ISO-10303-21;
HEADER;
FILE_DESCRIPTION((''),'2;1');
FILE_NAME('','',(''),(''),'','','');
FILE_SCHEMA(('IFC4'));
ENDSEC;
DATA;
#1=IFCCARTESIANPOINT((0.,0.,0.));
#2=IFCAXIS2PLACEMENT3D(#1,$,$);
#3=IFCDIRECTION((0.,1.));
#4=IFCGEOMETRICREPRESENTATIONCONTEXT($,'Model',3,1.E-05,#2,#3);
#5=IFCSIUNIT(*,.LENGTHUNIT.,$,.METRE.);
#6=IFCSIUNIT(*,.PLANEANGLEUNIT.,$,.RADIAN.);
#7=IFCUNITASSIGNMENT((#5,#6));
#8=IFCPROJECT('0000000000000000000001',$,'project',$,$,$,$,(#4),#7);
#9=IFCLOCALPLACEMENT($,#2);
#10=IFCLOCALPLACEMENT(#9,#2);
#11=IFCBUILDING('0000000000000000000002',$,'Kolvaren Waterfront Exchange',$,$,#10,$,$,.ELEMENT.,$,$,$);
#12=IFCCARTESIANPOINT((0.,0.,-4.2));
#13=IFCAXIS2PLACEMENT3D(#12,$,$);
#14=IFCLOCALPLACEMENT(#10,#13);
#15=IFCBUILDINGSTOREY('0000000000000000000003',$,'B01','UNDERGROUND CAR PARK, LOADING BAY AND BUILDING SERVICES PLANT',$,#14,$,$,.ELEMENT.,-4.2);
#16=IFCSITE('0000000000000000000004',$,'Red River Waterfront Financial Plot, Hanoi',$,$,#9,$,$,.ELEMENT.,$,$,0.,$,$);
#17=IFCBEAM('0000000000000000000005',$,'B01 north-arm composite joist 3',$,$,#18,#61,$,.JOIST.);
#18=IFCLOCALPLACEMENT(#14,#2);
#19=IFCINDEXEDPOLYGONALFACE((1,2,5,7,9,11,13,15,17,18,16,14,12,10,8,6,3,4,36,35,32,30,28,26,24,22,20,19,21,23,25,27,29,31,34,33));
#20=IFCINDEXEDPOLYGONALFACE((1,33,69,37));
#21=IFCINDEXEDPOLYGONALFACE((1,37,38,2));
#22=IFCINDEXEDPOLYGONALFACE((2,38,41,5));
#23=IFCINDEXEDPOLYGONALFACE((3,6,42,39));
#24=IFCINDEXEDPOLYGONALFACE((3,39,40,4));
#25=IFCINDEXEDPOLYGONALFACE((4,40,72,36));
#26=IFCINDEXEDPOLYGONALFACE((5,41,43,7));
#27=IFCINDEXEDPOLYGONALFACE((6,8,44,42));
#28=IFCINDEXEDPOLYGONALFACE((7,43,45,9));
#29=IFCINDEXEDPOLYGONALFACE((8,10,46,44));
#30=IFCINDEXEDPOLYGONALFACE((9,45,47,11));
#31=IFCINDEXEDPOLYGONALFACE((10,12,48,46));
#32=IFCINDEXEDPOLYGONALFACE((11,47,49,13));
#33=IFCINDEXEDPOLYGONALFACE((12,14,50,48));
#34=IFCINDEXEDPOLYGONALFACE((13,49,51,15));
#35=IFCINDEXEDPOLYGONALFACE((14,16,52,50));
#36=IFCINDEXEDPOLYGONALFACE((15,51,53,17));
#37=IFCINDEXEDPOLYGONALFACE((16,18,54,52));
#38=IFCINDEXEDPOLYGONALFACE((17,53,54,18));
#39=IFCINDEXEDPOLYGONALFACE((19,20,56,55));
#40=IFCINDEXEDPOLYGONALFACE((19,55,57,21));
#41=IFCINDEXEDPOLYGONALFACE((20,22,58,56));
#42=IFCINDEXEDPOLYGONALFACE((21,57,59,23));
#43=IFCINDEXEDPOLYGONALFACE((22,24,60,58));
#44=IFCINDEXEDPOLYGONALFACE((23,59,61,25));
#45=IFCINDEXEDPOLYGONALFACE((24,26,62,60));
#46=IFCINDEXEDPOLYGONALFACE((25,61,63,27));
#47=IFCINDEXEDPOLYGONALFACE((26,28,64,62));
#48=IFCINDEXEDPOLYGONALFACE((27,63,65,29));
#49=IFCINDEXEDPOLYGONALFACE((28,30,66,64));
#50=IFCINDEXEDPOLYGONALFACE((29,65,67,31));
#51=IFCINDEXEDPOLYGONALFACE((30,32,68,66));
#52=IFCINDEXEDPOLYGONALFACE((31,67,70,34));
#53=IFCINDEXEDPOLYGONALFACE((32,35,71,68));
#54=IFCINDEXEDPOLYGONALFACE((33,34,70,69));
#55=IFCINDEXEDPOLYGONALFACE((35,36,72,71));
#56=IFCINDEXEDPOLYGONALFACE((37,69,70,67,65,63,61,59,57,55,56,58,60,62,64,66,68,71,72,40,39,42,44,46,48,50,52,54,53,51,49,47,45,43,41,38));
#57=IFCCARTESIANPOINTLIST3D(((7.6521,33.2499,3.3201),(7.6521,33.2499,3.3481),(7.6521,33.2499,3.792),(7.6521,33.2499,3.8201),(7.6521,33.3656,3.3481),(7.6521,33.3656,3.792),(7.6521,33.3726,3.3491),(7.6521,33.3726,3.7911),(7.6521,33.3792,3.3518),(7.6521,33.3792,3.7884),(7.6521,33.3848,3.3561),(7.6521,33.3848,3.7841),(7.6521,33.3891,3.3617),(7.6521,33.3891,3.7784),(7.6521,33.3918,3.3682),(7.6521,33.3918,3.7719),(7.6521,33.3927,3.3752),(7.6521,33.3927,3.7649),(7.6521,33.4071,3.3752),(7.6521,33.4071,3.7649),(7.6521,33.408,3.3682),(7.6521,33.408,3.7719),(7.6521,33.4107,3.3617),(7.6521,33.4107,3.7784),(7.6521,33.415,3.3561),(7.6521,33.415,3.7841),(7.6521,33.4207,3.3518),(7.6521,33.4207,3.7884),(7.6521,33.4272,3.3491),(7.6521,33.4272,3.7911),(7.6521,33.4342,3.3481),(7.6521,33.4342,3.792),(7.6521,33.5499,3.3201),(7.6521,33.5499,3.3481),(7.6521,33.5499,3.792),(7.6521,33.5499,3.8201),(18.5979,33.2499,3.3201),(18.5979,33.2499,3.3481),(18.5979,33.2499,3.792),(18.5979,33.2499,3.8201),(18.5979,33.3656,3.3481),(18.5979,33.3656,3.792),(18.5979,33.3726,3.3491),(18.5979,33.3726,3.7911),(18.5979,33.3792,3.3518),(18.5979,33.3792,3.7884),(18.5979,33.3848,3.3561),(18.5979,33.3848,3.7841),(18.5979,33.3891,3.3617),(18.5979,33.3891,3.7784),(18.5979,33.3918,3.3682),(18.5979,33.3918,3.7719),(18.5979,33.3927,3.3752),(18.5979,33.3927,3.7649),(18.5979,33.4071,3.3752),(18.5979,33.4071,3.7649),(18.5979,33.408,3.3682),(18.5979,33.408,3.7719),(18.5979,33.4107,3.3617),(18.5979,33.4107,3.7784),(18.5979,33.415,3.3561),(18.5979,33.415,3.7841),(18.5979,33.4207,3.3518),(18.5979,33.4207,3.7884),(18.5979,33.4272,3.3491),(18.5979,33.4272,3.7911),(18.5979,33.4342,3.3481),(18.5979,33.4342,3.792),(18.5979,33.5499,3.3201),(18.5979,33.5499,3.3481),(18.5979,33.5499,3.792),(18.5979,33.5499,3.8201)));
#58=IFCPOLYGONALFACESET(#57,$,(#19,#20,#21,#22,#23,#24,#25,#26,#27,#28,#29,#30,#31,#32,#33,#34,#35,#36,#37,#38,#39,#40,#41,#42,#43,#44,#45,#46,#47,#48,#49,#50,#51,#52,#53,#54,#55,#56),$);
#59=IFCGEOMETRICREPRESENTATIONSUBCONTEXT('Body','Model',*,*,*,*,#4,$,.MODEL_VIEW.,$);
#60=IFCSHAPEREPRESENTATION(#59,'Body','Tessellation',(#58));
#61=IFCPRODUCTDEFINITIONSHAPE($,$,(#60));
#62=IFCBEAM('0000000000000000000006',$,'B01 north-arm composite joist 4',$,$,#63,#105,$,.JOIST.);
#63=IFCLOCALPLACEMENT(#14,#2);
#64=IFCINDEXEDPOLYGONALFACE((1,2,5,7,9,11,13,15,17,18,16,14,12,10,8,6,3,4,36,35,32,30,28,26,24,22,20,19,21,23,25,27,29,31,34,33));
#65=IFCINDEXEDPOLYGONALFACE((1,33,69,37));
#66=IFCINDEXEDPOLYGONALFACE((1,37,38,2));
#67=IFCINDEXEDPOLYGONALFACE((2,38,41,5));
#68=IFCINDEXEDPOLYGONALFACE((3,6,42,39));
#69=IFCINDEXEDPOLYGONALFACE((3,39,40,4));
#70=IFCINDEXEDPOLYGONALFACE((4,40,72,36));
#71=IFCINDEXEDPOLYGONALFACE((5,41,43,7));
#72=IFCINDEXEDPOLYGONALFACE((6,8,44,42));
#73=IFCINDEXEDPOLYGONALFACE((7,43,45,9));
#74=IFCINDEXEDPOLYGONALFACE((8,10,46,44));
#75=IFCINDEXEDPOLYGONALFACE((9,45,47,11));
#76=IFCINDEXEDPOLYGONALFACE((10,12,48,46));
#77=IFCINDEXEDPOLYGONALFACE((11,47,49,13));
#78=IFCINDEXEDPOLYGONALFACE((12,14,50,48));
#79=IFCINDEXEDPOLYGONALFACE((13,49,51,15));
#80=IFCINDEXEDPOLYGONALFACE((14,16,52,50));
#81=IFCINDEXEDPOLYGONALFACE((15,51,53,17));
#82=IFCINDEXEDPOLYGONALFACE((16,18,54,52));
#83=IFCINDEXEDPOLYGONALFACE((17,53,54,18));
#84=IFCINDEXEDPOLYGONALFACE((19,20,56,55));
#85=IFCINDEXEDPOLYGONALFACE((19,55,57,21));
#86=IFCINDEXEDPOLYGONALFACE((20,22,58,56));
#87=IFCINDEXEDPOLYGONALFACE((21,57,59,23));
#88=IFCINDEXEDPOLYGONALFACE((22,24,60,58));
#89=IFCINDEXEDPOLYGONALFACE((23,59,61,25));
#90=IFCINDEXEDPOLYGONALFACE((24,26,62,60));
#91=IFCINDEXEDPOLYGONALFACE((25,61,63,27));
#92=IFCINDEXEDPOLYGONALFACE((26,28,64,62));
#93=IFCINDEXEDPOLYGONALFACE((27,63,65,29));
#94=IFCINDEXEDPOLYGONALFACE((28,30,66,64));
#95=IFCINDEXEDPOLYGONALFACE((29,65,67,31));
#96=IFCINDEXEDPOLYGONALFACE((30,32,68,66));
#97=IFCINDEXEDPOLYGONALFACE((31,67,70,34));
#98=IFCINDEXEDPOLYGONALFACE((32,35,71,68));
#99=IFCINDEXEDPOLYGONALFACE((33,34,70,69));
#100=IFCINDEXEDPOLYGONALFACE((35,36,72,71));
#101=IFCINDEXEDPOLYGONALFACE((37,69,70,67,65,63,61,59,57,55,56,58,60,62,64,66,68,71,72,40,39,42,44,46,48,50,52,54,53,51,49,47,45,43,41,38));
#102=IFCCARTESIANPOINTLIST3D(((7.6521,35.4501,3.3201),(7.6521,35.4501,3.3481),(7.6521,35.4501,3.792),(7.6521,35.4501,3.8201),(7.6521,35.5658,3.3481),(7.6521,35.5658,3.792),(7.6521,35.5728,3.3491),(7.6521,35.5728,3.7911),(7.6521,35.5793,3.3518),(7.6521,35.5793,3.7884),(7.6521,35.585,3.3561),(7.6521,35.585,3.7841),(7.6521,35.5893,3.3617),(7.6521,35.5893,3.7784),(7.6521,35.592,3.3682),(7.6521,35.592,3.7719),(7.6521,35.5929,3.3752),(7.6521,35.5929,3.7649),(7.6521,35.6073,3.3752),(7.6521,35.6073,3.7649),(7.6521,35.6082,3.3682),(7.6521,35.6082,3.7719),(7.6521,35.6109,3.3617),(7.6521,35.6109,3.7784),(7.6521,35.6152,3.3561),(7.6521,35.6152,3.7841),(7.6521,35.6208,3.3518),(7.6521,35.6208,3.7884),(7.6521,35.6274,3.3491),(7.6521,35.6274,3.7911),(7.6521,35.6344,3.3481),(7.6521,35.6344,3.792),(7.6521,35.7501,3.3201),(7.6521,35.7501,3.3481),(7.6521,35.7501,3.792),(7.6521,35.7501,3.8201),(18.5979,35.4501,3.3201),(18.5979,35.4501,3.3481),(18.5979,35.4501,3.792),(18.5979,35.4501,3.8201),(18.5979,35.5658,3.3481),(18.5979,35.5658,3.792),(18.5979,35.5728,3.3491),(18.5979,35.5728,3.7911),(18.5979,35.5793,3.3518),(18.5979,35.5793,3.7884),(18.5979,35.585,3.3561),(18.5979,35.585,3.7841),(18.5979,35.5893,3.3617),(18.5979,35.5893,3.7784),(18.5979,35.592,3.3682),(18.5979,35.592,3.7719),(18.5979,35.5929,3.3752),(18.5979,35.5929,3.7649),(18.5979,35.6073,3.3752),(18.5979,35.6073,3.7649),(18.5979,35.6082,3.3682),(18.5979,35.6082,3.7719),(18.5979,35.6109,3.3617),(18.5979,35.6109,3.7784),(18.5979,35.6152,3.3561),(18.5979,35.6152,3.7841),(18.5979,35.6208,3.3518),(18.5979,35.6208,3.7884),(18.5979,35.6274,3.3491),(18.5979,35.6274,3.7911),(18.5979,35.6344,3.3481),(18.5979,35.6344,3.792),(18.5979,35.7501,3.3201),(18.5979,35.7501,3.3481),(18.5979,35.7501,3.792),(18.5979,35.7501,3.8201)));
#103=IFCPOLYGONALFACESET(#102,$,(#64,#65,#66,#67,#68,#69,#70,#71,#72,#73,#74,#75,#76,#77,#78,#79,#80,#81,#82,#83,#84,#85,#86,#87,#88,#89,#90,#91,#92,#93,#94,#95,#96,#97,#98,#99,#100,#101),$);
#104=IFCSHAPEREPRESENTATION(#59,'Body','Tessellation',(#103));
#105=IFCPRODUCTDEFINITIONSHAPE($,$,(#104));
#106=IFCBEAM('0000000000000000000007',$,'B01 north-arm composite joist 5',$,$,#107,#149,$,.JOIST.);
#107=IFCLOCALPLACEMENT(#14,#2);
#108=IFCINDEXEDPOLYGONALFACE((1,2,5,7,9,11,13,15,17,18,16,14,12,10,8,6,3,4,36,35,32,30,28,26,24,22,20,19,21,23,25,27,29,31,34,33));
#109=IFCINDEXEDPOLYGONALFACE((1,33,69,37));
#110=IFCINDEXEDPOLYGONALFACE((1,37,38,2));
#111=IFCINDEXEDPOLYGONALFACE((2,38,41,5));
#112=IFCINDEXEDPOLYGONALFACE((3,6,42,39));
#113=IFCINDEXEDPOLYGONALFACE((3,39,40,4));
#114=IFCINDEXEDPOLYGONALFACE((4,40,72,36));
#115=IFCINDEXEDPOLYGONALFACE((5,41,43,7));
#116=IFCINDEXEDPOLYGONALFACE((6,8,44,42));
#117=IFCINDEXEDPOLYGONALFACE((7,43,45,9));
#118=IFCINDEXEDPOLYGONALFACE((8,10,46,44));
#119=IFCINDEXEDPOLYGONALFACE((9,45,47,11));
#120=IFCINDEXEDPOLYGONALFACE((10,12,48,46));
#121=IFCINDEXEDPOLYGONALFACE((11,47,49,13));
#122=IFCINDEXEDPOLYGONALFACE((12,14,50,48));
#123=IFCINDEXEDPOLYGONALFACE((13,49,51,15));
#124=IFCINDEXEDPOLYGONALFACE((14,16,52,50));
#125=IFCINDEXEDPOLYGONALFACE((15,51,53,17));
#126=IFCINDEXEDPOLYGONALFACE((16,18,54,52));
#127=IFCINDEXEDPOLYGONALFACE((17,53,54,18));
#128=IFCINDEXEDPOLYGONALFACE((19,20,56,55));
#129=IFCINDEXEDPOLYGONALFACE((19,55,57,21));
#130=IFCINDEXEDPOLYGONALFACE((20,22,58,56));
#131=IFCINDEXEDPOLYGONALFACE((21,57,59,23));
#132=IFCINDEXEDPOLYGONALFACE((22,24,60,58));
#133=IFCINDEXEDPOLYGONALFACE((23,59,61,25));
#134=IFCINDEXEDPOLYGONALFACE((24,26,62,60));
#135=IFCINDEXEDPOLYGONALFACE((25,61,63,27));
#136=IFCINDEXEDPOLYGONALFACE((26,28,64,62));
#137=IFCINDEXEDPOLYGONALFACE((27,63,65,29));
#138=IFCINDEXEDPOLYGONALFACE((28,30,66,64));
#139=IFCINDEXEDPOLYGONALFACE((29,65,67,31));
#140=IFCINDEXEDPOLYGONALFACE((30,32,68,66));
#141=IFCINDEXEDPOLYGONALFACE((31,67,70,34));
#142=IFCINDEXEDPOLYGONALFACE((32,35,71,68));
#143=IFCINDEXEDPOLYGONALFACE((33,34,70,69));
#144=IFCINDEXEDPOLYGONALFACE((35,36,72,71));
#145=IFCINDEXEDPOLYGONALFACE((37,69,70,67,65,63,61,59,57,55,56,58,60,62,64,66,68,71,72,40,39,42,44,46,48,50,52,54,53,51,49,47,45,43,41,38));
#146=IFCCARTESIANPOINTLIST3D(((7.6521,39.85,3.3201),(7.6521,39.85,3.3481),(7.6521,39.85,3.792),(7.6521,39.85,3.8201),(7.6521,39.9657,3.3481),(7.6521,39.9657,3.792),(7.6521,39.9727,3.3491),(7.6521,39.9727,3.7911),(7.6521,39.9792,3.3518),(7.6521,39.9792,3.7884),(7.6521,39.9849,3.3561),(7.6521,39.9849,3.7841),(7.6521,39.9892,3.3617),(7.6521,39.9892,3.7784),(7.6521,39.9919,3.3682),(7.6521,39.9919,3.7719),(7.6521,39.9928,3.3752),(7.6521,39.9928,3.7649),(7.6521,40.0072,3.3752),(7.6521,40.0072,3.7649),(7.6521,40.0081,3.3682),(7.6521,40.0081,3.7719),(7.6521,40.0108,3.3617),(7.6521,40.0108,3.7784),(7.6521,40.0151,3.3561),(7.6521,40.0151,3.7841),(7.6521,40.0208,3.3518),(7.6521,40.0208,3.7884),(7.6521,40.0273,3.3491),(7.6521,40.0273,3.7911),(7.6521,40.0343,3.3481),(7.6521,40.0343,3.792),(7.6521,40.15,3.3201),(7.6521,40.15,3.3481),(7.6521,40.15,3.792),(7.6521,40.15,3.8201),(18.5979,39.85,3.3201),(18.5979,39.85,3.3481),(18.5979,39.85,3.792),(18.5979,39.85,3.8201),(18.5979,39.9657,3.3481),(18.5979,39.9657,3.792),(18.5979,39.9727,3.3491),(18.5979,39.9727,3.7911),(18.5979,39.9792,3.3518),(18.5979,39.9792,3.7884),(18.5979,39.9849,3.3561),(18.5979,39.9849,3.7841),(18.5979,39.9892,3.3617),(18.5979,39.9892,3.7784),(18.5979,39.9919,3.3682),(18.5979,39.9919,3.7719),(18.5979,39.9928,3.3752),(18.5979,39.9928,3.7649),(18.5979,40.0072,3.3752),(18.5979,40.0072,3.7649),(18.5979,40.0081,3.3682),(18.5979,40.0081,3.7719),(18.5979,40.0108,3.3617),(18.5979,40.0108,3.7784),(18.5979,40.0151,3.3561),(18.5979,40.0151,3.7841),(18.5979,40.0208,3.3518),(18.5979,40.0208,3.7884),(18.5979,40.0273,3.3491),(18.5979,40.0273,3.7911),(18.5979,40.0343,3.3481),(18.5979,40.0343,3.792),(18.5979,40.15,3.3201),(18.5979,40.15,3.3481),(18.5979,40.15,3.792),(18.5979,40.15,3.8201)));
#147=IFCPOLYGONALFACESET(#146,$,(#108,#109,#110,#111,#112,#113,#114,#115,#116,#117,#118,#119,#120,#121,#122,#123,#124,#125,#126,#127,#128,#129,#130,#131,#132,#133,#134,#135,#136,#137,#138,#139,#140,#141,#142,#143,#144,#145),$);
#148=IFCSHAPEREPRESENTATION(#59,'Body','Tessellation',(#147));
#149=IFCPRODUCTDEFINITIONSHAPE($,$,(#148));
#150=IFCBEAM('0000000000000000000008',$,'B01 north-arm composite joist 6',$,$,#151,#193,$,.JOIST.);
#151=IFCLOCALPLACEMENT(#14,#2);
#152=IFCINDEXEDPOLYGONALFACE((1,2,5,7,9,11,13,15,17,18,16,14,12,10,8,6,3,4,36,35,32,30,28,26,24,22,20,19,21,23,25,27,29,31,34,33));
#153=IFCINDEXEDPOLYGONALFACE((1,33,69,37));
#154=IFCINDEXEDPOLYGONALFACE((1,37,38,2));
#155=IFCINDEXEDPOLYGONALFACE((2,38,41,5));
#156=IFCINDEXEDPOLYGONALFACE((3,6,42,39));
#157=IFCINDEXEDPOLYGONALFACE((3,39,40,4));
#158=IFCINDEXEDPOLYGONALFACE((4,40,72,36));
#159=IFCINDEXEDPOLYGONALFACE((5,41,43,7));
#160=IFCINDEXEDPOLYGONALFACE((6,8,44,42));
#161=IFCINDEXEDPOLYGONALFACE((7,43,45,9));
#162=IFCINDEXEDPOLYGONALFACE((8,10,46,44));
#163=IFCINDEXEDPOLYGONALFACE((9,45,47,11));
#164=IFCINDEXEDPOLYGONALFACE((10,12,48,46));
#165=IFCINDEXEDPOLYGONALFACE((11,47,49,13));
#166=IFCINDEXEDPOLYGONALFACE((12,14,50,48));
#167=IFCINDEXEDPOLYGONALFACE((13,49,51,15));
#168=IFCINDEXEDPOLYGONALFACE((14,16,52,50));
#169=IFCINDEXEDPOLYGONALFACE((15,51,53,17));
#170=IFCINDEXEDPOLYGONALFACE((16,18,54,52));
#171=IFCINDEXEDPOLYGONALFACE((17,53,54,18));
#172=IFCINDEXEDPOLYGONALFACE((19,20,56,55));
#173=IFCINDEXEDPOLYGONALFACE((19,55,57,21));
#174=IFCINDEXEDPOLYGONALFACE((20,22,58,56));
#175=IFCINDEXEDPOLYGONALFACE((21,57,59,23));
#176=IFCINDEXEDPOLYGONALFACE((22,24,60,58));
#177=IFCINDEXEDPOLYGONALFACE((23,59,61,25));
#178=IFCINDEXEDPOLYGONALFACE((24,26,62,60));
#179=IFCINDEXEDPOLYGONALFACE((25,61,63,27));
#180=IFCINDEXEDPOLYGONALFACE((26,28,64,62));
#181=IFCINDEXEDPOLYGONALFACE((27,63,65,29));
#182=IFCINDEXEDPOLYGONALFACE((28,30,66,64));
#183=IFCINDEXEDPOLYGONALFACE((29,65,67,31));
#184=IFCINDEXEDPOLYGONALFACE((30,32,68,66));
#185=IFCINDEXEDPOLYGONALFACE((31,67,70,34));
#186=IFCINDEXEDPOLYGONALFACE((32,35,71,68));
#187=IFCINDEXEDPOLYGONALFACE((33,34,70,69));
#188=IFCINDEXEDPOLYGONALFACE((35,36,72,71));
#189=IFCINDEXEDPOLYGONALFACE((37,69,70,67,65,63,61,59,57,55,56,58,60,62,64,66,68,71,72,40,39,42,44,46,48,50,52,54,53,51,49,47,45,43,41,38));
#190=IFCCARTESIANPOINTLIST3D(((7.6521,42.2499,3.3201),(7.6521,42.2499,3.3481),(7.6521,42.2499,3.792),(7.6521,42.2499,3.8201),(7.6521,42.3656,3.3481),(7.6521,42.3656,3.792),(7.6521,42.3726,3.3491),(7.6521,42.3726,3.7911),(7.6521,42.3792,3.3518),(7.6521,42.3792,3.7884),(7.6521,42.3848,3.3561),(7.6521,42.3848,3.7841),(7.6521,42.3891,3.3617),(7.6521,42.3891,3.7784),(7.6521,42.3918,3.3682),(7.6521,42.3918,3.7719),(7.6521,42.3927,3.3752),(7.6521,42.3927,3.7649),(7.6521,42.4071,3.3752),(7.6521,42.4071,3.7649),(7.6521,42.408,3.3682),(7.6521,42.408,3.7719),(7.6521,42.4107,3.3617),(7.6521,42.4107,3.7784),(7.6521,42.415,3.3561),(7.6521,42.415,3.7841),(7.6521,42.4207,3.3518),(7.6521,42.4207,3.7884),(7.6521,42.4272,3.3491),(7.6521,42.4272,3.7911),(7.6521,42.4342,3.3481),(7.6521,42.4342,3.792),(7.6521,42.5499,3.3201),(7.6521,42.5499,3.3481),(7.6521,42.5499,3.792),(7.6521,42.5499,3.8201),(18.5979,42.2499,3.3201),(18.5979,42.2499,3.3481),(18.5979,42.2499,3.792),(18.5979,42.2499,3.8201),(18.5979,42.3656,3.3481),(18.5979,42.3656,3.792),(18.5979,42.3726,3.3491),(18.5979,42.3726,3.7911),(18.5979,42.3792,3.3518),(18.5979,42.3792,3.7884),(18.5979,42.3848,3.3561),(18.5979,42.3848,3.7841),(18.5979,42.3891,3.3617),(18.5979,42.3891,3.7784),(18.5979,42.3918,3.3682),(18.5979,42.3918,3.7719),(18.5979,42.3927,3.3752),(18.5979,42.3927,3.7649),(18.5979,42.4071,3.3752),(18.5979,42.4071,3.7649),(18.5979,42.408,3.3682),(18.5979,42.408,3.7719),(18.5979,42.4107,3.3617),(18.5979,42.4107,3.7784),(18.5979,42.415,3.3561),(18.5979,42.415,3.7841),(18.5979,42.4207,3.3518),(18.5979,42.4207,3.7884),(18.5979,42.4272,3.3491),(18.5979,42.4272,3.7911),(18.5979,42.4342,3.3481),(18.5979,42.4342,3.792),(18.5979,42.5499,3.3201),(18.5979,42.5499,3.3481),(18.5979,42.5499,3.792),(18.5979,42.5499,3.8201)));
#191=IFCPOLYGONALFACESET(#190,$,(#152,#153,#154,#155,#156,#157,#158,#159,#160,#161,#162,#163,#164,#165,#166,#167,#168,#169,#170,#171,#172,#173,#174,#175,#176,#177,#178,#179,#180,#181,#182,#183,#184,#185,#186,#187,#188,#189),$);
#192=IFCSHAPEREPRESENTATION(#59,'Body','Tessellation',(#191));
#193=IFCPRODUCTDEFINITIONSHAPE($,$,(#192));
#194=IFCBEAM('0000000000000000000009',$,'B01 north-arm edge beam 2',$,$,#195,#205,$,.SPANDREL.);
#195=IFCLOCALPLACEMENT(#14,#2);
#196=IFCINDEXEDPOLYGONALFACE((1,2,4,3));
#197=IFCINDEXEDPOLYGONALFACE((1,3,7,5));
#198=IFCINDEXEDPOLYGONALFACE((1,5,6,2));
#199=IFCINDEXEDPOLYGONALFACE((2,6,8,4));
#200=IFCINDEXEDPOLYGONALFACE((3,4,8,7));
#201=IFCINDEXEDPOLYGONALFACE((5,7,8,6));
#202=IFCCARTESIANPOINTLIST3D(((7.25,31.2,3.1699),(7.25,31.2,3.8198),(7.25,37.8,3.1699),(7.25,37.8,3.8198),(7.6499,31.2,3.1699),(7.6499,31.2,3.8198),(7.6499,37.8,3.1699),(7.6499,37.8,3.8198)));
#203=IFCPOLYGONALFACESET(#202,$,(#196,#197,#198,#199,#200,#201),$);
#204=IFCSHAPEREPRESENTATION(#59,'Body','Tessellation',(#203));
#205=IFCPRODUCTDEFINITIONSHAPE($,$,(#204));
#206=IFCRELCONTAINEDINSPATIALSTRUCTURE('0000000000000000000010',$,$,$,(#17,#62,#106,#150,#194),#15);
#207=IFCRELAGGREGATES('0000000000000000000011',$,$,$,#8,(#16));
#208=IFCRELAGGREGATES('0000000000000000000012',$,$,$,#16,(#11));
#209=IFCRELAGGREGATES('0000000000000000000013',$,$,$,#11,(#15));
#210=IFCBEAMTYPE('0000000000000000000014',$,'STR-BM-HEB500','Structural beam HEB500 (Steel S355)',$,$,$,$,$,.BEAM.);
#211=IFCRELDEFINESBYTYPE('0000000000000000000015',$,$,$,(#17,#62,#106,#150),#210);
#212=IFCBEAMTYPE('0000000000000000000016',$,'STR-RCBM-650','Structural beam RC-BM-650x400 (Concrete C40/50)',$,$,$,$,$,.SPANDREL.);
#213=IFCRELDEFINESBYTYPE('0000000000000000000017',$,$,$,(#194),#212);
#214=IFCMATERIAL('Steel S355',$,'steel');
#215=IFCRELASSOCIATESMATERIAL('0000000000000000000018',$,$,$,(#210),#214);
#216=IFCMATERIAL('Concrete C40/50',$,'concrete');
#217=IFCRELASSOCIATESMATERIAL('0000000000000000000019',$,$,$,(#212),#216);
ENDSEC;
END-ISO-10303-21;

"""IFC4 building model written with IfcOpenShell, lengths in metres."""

from ifc_helpers import new_model, si_unit, direction, frame, origin, origin_2d, place, context, subcontext, project, spatial, rectangle, i_section, extrude, material, material_profile, profile_set, type_object, element, save


model = new_model("IFC4")

# Units and contexts
model_context = context("Model", 3, precision=1e-05, world=origin(), true_north=direction((0.0, 1.0)))
body_context = subcontext(model_context, "Body", "Model", "MODEL_VIEW")
ifc_project = project(units=[si_unit("LENGTHUNIT", "METRE"), si_unit("PLANEANGLEUNIT", "RADIAN")], contexts=[model_context])

# Site, building, storey
site_placement = place(None, origin())
site = spatial("IfcSite", under=ifc_project, at=site_placement, Name="Red River Waterfront Financial Plot, Hanoi", CompositionType="ELEMENT", RefElevation=0.0)
building_placement = place(site_placement, origin())
building = spatial("IfcBuilding", under=site, at=building_placement, Name="Kolvaren Waterfront Exchange", CompositionType="ELEMENT")
storey_placement = place(building_placement, frame((0.0, 0.0, -4.2)))
storey = spatial("IfcBuildingStorey", under=building, at=storey_placement, Name="B01", Description="UNDERGROUND CAR PARK, LOADING BAY AND BUILDING SERVICES PLANT", CompositionType="ELEMENT", Elevation=-4.2)

# Beams
ifc_material_1 = material(Name="Steel S355", Category="steel")
ifc_material_profile_1 = material_profile(ifc_material_1, i_section(OverallWidth=0.3, OverallDepth=0.5, WebThickness=0.0144, FlangeThickness=0.0281, FilletRadius=0.0271, at=origin_2d()), Name="HEB500")
ifc_profile_set_1 = profile_set([ifc_material_profile_1], Name="Steel S355")
beam_type_1 = type_object("IfcBeamType", Name="STR-BM-HEB500", Description="Structural beam HEB500 (Steel S355)", PredefinedType="BEAM", material=ifc_profile_set_1)
for number, where, z_axis, x_axis, name in (
    (1, (7.6521, 33.3999, 3.5701), (1.0, 0.0, 0.0), (0.0, 1.0, 0.0), "B01 north-arm composite joist 3"),
    (2, (7.6521, 35.6001, 3.5701), (1.0, 0.0, 0.0), (0.0, 1.0, 0.0), "B01 north-arm composite joist 4"),
    (3, (7.6521, 40.0, 3.5701), (1.0, 0.0, 0.0), (0.0, 1.0, 0.0), "B01 north-arm composite joist 5"),
    (4, (7.6521, 42.3999, 3.5701), (1.0, 0.0, 0.0), (0.0, 1.0, 0.0), "B01 north-arm composite joist 6"),
):
    element("IfcBeam", number, at=place(storey_placement, frame(where, z_axis=z_axis, x_axis=x_axis)), inside=storey, type_object=beam_type_1, Name=name, PredefinedType="JOIST", context=body_context, shape_type="SweptSolid", body=[
        extrude(i_section(OverallWidth=0.3, OverallDepth=0.5, WebThickness=0.0144, FlangeThickness=0.0281, FilletRadius=0.0271, at=origin_2d()), origin(), (0.0, 0.0, 1.0), 10.9458),
    ])
ifc_material_2 = material(Name="Concrete C40/50", Category="concrete")
ifc_material_profile_2 = material_profile(ifc_material_2, rectangle(XDim=0.3999, YDim=0.6499, at=origin_2d()), Name="RC-BM-650x400")
ifc_profile_set_2 = profile_set([ifc_material_profile_2], Name="Concrete C40/50")
beam_type_2 = type_object("IfcBeamType", Name="STR-RCBM-650", Description="Structural beam RC-BM-650x400 (Concrete C40/50)", PredefinedType="SPANDREL", material=ifc_profile_set_2)
beam_1_placement = place(storey_placement, frame((7.45, 31.2, 3.4949), z_axis=(0.0, 1.0, 0.0), x_axis=(-1.0, 0.0, 0.0)))
element("IfcBeam", 5, at=beam_1_placement, inside=storey, type_object=beam_type_2, Name="B01 north-arm edge beam 2", PredefinedType="SPANDREL", context=body_context, shape_type="SweptSolid", body=[
    extrude(rectangle(XDim=0.3999, YDim=0.6499, at=origin_2d()), origin(), (0.0, 0.0, 1.0), 6.6001),
])

save(model, "model.ifc")
